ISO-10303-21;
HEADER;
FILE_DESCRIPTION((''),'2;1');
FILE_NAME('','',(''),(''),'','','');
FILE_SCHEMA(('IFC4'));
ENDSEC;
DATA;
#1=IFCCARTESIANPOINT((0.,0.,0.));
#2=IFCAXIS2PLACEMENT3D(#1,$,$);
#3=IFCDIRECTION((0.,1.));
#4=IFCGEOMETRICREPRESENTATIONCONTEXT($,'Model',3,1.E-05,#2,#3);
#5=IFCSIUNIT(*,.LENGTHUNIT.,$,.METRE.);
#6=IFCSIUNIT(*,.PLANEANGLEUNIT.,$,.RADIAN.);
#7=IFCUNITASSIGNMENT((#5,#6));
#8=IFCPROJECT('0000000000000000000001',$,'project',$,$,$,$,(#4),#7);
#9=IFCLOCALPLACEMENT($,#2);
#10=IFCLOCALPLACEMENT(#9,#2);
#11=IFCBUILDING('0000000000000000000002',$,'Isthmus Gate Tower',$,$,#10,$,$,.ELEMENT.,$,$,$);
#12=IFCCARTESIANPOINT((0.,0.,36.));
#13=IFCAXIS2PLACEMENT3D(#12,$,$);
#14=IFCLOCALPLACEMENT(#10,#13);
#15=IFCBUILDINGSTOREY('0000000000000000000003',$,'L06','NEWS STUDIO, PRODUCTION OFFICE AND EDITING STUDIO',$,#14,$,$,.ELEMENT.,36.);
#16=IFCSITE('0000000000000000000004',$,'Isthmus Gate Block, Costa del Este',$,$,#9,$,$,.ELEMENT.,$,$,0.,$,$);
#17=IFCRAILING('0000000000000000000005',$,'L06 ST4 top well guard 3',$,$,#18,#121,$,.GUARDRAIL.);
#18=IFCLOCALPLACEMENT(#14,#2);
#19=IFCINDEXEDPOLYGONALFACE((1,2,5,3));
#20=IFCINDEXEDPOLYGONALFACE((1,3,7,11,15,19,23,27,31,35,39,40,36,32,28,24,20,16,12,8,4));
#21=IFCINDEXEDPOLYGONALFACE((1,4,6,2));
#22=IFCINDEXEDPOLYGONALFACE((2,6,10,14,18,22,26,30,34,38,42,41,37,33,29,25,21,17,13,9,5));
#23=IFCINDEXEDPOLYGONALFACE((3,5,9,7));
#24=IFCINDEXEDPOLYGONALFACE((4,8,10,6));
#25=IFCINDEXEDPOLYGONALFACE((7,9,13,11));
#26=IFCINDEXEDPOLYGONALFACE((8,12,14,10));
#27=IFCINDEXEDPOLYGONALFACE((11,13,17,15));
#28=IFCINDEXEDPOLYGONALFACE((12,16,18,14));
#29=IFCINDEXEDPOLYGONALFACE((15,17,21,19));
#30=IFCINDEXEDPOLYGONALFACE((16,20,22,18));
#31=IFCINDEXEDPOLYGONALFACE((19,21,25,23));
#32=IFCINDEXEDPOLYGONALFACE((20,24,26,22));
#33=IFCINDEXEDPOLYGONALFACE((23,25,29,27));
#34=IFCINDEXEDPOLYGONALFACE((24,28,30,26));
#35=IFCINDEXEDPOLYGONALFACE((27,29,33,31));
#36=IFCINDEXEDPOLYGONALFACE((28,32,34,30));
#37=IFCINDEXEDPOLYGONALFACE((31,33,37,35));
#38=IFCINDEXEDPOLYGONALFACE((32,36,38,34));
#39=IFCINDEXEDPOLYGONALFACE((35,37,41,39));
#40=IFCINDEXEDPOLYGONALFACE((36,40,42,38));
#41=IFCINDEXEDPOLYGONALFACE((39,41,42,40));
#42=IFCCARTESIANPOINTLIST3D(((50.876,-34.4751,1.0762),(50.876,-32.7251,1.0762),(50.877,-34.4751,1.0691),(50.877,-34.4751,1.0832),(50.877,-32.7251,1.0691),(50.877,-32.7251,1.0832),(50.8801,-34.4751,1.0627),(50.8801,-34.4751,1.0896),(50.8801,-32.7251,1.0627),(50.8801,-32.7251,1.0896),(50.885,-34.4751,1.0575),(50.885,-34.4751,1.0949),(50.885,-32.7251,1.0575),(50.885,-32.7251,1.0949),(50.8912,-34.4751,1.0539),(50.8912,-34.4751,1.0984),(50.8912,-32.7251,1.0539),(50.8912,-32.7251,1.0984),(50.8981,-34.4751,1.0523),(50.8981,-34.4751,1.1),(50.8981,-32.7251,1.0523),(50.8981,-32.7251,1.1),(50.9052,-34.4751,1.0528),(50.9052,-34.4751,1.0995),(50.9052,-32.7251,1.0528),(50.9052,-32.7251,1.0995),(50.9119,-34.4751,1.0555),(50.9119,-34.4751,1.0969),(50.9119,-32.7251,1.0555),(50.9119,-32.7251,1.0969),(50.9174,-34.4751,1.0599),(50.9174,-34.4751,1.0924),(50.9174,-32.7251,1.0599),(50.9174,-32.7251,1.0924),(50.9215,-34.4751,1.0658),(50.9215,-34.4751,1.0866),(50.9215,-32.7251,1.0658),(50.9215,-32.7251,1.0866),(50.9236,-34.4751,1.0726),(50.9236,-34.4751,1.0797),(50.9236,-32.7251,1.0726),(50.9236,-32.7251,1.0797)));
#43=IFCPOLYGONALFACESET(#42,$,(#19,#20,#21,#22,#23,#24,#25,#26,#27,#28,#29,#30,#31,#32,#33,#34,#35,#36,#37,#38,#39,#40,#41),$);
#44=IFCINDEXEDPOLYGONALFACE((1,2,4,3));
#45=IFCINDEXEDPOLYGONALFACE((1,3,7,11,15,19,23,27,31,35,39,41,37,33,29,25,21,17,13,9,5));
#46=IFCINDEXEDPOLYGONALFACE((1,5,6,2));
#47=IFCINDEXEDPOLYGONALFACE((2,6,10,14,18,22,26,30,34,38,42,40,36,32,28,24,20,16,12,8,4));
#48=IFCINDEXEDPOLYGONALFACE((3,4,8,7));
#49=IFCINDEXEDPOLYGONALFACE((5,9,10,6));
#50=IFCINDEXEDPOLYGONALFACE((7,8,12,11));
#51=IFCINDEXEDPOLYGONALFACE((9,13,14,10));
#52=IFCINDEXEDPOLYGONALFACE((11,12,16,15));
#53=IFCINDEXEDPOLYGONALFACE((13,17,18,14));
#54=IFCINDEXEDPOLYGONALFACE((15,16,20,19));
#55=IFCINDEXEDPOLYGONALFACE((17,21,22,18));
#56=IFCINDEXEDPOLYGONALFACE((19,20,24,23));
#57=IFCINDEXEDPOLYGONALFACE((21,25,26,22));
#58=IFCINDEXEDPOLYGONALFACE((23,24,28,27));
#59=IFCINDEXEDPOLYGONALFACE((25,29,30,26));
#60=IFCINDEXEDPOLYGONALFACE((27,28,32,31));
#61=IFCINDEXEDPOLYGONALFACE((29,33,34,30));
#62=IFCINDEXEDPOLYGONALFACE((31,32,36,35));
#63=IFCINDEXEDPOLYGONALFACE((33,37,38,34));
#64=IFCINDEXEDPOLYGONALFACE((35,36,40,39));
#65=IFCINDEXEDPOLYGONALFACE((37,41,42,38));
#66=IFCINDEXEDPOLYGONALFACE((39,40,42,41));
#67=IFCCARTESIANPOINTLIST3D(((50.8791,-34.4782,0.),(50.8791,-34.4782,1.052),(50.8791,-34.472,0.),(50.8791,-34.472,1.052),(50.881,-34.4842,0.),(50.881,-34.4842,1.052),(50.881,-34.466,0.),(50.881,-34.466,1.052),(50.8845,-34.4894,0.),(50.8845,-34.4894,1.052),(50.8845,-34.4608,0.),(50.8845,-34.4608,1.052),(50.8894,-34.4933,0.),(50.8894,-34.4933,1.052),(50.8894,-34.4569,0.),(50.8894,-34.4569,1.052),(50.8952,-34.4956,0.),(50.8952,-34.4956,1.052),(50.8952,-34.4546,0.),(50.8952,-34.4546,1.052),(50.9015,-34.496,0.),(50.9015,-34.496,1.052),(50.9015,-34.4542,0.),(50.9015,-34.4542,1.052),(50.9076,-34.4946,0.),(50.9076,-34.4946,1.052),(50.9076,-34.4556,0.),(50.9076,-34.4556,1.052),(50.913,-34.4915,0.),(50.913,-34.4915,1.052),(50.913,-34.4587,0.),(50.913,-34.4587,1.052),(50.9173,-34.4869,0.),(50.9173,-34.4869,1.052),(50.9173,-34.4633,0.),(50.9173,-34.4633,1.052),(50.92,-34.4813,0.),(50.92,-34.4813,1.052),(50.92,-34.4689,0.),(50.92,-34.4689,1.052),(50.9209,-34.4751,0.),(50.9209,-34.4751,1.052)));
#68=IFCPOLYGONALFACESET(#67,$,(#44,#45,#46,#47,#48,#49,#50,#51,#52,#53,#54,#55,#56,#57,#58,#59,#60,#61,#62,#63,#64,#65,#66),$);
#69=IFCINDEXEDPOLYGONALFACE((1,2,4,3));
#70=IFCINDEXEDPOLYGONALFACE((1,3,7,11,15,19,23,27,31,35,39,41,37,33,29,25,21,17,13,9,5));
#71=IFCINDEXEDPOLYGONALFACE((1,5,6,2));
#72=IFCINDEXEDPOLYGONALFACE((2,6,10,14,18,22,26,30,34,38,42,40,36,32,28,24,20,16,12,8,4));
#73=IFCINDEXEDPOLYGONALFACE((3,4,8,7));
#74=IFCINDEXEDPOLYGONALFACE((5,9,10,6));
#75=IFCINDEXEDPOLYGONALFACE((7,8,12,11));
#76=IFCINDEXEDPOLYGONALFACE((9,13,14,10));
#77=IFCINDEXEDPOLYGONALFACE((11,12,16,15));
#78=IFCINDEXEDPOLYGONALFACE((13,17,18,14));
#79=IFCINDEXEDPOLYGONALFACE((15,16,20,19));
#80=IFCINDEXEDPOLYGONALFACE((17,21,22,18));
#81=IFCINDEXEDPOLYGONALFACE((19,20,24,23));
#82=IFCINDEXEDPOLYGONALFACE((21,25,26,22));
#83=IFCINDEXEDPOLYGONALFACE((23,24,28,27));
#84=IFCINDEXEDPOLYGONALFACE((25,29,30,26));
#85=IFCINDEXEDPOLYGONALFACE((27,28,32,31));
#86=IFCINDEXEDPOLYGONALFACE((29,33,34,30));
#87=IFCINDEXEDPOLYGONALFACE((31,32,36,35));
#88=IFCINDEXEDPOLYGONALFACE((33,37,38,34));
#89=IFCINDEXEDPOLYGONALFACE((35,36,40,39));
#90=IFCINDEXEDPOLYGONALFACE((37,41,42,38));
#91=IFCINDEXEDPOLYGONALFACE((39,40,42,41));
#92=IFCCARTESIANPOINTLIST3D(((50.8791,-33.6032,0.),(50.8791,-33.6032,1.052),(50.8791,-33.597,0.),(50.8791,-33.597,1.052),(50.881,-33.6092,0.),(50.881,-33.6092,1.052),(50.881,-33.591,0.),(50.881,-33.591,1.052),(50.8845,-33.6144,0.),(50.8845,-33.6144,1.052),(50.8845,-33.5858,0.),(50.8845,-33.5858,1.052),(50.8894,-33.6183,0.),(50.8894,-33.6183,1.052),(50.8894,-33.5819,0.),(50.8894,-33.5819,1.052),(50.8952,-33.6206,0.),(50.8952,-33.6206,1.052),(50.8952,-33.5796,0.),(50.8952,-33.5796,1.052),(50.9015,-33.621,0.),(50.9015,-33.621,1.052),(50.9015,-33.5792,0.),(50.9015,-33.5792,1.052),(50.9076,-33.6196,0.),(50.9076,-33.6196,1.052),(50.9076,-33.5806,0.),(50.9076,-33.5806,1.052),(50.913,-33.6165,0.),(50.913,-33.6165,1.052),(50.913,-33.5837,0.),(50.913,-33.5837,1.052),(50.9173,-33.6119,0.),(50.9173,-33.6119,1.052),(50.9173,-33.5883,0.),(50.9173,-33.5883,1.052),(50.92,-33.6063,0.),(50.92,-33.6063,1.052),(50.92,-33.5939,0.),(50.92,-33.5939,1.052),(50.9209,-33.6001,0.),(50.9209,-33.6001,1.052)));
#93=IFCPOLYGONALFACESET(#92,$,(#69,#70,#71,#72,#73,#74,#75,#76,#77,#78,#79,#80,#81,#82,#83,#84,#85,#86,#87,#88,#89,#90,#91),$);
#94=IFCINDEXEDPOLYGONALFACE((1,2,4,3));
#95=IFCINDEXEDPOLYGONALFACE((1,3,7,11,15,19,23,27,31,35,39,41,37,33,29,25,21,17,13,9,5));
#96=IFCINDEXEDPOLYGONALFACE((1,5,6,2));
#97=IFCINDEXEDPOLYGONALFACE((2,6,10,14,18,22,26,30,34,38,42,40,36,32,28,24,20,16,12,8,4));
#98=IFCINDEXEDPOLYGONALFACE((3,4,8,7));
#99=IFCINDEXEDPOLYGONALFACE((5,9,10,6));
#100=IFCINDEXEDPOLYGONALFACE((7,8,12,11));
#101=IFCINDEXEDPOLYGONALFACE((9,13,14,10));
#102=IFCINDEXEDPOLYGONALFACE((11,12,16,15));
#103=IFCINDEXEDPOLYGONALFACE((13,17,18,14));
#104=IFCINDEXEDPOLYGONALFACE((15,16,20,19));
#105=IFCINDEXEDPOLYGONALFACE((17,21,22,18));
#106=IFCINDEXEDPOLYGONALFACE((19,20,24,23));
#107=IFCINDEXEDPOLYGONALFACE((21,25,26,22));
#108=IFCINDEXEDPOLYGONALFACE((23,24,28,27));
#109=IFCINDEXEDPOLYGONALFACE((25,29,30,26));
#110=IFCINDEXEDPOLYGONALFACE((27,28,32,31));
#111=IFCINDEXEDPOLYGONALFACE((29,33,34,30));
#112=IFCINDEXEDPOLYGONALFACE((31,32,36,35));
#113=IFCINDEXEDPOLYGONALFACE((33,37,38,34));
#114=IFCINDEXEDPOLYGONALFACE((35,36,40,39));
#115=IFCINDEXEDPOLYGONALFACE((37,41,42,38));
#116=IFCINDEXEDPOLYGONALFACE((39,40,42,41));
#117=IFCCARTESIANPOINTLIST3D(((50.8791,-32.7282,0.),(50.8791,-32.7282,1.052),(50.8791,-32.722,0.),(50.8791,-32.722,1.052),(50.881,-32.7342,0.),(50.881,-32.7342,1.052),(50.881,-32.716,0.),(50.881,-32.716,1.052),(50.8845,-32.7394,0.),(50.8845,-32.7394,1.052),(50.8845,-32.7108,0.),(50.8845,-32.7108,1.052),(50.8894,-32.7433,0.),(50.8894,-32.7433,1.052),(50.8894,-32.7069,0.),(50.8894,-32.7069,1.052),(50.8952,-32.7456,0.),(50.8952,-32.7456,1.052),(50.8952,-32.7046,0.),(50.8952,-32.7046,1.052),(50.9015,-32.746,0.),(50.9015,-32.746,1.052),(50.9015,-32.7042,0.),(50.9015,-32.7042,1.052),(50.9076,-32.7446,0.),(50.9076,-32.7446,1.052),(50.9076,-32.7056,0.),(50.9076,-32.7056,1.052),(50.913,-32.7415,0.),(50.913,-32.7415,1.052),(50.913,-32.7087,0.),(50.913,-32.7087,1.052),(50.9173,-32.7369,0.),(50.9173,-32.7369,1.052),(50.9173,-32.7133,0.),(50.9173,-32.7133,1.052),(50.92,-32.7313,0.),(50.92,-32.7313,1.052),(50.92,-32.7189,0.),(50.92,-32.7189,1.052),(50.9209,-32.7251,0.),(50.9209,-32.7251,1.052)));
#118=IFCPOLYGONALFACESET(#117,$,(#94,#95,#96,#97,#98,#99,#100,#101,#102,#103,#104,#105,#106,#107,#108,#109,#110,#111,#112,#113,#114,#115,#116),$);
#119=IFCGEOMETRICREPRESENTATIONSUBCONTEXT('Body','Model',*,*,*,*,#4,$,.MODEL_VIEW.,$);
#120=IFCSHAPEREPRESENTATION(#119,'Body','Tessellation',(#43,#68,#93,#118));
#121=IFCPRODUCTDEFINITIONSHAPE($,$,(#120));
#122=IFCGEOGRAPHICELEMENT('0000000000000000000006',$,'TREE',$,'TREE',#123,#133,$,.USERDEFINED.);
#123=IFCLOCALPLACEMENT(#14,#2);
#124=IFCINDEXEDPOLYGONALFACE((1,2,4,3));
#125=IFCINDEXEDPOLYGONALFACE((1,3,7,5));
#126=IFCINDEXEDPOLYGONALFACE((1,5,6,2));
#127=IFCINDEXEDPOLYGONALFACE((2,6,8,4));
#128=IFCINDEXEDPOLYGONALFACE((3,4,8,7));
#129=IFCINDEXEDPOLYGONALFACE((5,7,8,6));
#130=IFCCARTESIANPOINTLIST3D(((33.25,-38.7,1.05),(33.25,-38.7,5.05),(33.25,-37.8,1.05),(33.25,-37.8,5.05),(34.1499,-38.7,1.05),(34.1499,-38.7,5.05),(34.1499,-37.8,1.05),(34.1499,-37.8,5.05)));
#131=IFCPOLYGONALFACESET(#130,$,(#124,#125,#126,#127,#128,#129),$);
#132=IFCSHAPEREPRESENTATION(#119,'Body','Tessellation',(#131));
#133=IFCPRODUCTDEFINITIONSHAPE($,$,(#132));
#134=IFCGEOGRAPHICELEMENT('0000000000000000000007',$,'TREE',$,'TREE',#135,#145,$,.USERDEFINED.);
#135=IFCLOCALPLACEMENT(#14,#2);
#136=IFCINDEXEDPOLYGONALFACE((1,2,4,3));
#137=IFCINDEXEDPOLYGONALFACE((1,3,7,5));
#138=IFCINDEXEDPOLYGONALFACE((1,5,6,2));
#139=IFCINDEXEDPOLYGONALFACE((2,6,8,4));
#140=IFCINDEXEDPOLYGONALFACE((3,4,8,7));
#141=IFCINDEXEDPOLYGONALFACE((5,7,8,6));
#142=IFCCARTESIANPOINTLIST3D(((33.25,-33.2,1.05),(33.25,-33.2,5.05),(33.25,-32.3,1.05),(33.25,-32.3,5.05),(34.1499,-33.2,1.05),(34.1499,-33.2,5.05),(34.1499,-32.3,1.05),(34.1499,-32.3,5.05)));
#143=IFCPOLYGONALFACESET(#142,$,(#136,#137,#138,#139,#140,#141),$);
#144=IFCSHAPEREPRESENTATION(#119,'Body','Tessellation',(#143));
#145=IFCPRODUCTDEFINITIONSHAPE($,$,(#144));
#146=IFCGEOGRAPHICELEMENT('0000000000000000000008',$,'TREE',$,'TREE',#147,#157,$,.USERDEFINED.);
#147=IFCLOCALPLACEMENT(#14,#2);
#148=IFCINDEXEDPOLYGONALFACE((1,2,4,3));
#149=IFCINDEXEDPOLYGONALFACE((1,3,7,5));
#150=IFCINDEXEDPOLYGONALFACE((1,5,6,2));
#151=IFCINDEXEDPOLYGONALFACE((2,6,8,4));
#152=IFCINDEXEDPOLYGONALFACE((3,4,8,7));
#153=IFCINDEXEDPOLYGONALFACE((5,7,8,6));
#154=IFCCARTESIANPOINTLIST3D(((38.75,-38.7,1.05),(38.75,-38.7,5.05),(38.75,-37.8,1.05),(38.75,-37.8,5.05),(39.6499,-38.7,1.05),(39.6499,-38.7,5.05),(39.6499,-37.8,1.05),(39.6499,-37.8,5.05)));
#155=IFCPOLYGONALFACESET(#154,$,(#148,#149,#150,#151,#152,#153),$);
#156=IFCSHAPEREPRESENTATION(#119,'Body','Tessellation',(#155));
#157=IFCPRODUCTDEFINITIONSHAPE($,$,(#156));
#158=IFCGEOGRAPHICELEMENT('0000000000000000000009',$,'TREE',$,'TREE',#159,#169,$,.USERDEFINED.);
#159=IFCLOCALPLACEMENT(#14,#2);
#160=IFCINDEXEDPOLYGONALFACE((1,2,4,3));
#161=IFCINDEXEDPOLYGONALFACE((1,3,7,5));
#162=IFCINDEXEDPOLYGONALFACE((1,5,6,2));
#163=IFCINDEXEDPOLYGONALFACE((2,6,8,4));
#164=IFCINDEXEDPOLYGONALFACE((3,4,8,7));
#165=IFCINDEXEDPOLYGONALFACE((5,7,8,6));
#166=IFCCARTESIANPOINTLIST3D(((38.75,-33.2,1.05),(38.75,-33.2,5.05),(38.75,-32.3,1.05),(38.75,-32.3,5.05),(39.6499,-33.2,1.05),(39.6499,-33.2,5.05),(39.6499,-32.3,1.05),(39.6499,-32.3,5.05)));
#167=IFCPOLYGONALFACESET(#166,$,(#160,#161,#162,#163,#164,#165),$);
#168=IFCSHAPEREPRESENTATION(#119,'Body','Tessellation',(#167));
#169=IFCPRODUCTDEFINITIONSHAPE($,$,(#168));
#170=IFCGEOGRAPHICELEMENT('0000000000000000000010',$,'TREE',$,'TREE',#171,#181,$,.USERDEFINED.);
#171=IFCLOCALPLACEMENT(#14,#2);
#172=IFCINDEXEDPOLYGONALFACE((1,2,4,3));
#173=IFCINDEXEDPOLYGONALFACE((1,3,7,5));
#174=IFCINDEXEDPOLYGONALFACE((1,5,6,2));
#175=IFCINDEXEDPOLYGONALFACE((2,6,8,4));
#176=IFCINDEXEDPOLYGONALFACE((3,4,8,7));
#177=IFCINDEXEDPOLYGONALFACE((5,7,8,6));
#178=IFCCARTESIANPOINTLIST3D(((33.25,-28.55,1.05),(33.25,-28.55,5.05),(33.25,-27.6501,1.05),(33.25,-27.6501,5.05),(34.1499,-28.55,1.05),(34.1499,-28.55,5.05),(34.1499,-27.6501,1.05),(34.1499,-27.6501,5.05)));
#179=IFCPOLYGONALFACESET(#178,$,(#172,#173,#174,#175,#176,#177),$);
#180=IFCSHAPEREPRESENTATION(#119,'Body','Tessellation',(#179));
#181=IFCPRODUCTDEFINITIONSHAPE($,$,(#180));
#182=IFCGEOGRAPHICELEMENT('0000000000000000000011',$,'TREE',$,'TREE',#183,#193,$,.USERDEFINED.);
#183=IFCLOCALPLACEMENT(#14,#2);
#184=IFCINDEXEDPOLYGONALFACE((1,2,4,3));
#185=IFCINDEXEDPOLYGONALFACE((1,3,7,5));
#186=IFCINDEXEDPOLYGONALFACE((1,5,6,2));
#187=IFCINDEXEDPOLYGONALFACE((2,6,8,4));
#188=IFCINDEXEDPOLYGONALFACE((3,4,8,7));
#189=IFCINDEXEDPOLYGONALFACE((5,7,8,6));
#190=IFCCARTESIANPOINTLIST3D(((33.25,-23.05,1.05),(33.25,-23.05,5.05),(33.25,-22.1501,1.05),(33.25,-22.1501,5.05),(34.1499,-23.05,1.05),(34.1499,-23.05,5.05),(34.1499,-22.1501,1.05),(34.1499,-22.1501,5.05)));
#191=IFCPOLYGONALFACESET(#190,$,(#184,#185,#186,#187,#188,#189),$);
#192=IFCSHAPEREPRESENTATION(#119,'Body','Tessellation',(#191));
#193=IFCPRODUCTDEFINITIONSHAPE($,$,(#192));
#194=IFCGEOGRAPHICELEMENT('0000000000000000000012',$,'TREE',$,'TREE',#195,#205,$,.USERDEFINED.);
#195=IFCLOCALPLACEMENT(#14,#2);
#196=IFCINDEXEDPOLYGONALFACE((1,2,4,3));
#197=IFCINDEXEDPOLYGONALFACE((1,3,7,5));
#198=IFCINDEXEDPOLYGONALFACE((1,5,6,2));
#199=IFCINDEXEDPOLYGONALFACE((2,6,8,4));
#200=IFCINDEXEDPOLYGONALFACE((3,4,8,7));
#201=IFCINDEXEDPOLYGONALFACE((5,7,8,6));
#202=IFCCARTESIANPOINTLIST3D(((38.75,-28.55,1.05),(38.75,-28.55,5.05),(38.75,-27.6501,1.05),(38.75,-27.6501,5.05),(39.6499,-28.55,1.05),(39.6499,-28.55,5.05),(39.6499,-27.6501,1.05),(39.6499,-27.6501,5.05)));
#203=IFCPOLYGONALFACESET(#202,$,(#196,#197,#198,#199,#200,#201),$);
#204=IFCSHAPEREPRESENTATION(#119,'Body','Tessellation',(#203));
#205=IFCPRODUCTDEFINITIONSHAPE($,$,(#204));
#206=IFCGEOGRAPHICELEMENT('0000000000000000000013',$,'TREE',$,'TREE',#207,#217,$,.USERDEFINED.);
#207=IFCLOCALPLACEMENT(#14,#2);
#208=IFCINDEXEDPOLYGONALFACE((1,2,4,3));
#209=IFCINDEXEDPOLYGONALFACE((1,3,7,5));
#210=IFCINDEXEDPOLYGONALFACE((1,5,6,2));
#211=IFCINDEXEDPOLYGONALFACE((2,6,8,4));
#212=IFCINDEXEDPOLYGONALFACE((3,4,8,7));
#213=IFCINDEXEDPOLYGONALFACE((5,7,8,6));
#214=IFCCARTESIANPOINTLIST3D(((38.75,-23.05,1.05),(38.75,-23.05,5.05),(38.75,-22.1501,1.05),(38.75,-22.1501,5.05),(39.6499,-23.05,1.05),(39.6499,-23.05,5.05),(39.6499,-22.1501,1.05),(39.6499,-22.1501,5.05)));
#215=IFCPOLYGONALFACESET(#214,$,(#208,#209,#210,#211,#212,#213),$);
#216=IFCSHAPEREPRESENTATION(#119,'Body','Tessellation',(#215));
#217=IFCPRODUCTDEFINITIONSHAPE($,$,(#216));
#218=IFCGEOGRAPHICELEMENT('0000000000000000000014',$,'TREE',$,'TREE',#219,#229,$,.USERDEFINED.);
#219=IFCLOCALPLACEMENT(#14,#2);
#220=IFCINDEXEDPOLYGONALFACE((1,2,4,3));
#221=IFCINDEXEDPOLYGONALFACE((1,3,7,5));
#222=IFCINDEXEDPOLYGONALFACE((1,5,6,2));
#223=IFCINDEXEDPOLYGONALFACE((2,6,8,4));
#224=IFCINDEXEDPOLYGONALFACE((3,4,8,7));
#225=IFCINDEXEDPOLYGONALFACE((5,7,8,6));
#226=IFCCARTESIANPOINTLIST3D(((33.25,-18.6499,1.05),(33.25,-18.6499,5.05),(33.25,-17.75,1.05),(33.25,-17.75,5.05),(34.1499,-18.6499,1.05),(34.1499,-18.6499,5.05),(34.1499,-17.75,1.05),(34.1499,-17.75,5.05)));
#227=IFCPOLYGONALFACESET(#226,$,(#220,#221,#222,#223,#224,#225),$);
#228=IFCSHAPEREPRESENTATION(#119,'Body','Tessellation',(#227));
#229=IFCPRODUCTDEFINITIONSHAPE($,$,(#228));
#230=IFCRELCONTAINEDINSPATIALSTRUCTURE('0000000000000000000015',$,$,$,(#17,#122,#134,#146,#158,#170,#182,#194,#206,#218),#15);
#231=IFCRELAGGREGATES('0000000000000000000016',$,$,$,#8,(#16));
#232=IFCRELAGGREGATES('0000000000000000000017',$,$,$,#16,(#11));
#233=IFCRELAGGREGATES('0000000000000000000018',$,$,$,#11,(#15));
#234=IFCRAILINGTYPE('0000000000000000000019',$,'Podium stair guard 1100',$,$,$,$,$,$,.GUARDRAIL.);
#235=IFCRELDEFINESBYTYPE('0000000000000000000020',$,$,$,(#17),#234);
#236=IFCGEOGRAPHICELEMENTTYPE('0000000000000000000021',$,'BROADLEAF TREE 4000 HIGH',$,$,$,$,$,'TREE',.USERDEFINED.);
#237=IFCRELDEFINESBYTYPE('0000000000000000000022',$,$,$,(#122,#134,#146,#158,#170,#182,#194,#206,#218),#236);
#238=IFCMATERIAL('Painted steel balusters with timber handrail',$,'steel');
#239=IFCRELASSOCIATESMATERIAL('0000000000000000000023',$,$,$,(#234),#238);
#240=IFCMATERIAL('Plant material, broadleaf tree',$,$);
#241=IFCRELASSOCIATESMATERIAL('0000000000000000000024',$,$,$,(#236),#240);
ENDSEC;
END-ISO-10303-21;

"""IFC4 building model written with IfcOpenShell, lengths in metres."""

from ifc_helpers import new_model, si_unit, direction, frame, origin, origin_2d, place, context, subcontext, project, spatial, rectangle, circle, extrude, material, type_object, element, save


model = new_model("IFC4")

# Units and contexts
model_context = context("Model", 3, precision=1e-05, world=origin(), true_north=direction((0.0, 1.0)))
body_context = subcontext(model_context, "Body", "Model", "MODEL_VIEW")
ifc_project = project(units=[si_unit("LENGTHUNIT", "METRE"), si_unit("PLANEANGLEUNIT", "RADIAN")], contexts=[model_context])

# Site, building, storey
site_placement = place(None, origin())
site = spatial("IfcSite", under=ifc_project, at=site_placement, Name="Isthmus Gate Block, Costa del Este", CompositionType="ELEMENT", RefElevation=0.0)
building_placement = place(site_placement, origin())
building = spatial("IfcBuilding", under=site, at=building_placement, Name="Isthmus Gate Tower", CompositionType="ELEMENT")
storey_placement = place(building_placement, frame((0.0, 0.0, 36.0)))
storey = spatial("IfcBuildingStorey", under=building, at=storey_placement, Name="L06", Description="NEWS STUDIO, PRODUCTION OFFICE AND EDITING STUDIO", CompositionType="ELEMENT", Elevation=36.0)

# Railing
ifc_material_1 = material(Name="Painted steel balusters with timber handrail", Category="steel")
railing_type_1 = type_object("IfcRailingType", Name="Podium stair guard 1100", PredefinedType="GUARDRAIL", material=ifc_material_1)
railing_1_placement = place(storey_placement, frame((50.8999, -34.4751, 0.0)))
element("IfcRailing", 1, at=railing_1_placement, inside=storey, type_object=railing_type_1, Name="L06 ST4 top well guard 3", PredefinedType="GUARDRAIL", context=body_context, shape_type="SweptSolid", body=[
    extrude(circle(Radius=0.0239, at=origin_2d()), frame((0.0, 0.0, 1.0762), z_axis=(0.0, 1.0, 0.0), x_axis=(-1.0, 0.0, 0.0)), (0.0, 0.0, 1.0), 1.75),
    extrude(circle(Radius=0.021, at=origin_2d()), origin(), (0.0, 0.0, 1.0), 1.052),
    extrude(circle(Radius=0.021, at=origin_2d()), frame((0.0, 0.875, 0.0)), (0.0, 0.0, 1.0), 1.052),
    extrude(circle(Radius=0.021, at=origin_2d()), frame((0.0, 1.75, 0.0)), (0.0, 0.0, 1.0), 1.052),
])

# Geographic elements
ifc_material_2 = material(Name="Plant material, broadleaf tree")
geographic_element_type = type_object("IfcGeographicElementType", Name="BROADLEAF TREE 4000 HIGH", ElementType="TREE", PredefinedType="USERDEFINED", material=ifc_material_2)
for number, where, z_axis, x_axis, name in (
    (2, (33.7, -38.25, 1.05), (0.0, 0.0, 1.0), (1.0, 0.0, 0.0), "TREE"),
    (3, (33.7, -32.75, 1.05), (0.0, 0.0, 1.0), (1.0, 0.0, 0.0), "TREE"),
    (4, (39.2, -38.25, 1.05), (0.0, 0.0, 1.0), (1.0, 0.0, 0.0), "TREE"),
    (5, (39.2, -32.75, 1.05), (0.0, 0.0, 1.0), (1.0, 0.0, 0.0), "TREE"),
    (6, (33.7, -28.1001, 1.05), (0.0, 0.0, 1.0), (1.0, 0.0, 0.0), "TREE"),
    (7, (33.7, -22.6001, 1.05), (0.0, 0.0, 1.0), (1.0, 0.0, 0.0), "TREE"),
    (8, (39.2, -28.1001, 1.05), (0.0, 0.0, 1.0), (1.0, 0.0, 0.0), "TREE"),
    (9, (39.2, -22.6001, 1.05), (0.0, 0.0, 1.0), (1.0, 0.0, 0.0), "TREE"),
    (10, (33.7, -18.2, 1.05), (0.0, 0.0, 1.0), (1.0, 0.0, 0.0), "TREE"),
):
    element("IfcGeographicElement", number, at=place(storey_placement, frame(where, z_axis=z_axis, x_axis=x_axis)), inside=storey, type_object=geographic_element_type, Name=name, ObjectType="TREE", PredefinedType="USERDEFINED", context=body_context, shape_type="SweptSolid", body=[
        extrude(rectangle(XDim=0.8999, YDim=0.8999, at=origin_2d()), origin(), (0.0, 0.0, 1.0), 4.0),
    ])

save(model, "model.ifc")
